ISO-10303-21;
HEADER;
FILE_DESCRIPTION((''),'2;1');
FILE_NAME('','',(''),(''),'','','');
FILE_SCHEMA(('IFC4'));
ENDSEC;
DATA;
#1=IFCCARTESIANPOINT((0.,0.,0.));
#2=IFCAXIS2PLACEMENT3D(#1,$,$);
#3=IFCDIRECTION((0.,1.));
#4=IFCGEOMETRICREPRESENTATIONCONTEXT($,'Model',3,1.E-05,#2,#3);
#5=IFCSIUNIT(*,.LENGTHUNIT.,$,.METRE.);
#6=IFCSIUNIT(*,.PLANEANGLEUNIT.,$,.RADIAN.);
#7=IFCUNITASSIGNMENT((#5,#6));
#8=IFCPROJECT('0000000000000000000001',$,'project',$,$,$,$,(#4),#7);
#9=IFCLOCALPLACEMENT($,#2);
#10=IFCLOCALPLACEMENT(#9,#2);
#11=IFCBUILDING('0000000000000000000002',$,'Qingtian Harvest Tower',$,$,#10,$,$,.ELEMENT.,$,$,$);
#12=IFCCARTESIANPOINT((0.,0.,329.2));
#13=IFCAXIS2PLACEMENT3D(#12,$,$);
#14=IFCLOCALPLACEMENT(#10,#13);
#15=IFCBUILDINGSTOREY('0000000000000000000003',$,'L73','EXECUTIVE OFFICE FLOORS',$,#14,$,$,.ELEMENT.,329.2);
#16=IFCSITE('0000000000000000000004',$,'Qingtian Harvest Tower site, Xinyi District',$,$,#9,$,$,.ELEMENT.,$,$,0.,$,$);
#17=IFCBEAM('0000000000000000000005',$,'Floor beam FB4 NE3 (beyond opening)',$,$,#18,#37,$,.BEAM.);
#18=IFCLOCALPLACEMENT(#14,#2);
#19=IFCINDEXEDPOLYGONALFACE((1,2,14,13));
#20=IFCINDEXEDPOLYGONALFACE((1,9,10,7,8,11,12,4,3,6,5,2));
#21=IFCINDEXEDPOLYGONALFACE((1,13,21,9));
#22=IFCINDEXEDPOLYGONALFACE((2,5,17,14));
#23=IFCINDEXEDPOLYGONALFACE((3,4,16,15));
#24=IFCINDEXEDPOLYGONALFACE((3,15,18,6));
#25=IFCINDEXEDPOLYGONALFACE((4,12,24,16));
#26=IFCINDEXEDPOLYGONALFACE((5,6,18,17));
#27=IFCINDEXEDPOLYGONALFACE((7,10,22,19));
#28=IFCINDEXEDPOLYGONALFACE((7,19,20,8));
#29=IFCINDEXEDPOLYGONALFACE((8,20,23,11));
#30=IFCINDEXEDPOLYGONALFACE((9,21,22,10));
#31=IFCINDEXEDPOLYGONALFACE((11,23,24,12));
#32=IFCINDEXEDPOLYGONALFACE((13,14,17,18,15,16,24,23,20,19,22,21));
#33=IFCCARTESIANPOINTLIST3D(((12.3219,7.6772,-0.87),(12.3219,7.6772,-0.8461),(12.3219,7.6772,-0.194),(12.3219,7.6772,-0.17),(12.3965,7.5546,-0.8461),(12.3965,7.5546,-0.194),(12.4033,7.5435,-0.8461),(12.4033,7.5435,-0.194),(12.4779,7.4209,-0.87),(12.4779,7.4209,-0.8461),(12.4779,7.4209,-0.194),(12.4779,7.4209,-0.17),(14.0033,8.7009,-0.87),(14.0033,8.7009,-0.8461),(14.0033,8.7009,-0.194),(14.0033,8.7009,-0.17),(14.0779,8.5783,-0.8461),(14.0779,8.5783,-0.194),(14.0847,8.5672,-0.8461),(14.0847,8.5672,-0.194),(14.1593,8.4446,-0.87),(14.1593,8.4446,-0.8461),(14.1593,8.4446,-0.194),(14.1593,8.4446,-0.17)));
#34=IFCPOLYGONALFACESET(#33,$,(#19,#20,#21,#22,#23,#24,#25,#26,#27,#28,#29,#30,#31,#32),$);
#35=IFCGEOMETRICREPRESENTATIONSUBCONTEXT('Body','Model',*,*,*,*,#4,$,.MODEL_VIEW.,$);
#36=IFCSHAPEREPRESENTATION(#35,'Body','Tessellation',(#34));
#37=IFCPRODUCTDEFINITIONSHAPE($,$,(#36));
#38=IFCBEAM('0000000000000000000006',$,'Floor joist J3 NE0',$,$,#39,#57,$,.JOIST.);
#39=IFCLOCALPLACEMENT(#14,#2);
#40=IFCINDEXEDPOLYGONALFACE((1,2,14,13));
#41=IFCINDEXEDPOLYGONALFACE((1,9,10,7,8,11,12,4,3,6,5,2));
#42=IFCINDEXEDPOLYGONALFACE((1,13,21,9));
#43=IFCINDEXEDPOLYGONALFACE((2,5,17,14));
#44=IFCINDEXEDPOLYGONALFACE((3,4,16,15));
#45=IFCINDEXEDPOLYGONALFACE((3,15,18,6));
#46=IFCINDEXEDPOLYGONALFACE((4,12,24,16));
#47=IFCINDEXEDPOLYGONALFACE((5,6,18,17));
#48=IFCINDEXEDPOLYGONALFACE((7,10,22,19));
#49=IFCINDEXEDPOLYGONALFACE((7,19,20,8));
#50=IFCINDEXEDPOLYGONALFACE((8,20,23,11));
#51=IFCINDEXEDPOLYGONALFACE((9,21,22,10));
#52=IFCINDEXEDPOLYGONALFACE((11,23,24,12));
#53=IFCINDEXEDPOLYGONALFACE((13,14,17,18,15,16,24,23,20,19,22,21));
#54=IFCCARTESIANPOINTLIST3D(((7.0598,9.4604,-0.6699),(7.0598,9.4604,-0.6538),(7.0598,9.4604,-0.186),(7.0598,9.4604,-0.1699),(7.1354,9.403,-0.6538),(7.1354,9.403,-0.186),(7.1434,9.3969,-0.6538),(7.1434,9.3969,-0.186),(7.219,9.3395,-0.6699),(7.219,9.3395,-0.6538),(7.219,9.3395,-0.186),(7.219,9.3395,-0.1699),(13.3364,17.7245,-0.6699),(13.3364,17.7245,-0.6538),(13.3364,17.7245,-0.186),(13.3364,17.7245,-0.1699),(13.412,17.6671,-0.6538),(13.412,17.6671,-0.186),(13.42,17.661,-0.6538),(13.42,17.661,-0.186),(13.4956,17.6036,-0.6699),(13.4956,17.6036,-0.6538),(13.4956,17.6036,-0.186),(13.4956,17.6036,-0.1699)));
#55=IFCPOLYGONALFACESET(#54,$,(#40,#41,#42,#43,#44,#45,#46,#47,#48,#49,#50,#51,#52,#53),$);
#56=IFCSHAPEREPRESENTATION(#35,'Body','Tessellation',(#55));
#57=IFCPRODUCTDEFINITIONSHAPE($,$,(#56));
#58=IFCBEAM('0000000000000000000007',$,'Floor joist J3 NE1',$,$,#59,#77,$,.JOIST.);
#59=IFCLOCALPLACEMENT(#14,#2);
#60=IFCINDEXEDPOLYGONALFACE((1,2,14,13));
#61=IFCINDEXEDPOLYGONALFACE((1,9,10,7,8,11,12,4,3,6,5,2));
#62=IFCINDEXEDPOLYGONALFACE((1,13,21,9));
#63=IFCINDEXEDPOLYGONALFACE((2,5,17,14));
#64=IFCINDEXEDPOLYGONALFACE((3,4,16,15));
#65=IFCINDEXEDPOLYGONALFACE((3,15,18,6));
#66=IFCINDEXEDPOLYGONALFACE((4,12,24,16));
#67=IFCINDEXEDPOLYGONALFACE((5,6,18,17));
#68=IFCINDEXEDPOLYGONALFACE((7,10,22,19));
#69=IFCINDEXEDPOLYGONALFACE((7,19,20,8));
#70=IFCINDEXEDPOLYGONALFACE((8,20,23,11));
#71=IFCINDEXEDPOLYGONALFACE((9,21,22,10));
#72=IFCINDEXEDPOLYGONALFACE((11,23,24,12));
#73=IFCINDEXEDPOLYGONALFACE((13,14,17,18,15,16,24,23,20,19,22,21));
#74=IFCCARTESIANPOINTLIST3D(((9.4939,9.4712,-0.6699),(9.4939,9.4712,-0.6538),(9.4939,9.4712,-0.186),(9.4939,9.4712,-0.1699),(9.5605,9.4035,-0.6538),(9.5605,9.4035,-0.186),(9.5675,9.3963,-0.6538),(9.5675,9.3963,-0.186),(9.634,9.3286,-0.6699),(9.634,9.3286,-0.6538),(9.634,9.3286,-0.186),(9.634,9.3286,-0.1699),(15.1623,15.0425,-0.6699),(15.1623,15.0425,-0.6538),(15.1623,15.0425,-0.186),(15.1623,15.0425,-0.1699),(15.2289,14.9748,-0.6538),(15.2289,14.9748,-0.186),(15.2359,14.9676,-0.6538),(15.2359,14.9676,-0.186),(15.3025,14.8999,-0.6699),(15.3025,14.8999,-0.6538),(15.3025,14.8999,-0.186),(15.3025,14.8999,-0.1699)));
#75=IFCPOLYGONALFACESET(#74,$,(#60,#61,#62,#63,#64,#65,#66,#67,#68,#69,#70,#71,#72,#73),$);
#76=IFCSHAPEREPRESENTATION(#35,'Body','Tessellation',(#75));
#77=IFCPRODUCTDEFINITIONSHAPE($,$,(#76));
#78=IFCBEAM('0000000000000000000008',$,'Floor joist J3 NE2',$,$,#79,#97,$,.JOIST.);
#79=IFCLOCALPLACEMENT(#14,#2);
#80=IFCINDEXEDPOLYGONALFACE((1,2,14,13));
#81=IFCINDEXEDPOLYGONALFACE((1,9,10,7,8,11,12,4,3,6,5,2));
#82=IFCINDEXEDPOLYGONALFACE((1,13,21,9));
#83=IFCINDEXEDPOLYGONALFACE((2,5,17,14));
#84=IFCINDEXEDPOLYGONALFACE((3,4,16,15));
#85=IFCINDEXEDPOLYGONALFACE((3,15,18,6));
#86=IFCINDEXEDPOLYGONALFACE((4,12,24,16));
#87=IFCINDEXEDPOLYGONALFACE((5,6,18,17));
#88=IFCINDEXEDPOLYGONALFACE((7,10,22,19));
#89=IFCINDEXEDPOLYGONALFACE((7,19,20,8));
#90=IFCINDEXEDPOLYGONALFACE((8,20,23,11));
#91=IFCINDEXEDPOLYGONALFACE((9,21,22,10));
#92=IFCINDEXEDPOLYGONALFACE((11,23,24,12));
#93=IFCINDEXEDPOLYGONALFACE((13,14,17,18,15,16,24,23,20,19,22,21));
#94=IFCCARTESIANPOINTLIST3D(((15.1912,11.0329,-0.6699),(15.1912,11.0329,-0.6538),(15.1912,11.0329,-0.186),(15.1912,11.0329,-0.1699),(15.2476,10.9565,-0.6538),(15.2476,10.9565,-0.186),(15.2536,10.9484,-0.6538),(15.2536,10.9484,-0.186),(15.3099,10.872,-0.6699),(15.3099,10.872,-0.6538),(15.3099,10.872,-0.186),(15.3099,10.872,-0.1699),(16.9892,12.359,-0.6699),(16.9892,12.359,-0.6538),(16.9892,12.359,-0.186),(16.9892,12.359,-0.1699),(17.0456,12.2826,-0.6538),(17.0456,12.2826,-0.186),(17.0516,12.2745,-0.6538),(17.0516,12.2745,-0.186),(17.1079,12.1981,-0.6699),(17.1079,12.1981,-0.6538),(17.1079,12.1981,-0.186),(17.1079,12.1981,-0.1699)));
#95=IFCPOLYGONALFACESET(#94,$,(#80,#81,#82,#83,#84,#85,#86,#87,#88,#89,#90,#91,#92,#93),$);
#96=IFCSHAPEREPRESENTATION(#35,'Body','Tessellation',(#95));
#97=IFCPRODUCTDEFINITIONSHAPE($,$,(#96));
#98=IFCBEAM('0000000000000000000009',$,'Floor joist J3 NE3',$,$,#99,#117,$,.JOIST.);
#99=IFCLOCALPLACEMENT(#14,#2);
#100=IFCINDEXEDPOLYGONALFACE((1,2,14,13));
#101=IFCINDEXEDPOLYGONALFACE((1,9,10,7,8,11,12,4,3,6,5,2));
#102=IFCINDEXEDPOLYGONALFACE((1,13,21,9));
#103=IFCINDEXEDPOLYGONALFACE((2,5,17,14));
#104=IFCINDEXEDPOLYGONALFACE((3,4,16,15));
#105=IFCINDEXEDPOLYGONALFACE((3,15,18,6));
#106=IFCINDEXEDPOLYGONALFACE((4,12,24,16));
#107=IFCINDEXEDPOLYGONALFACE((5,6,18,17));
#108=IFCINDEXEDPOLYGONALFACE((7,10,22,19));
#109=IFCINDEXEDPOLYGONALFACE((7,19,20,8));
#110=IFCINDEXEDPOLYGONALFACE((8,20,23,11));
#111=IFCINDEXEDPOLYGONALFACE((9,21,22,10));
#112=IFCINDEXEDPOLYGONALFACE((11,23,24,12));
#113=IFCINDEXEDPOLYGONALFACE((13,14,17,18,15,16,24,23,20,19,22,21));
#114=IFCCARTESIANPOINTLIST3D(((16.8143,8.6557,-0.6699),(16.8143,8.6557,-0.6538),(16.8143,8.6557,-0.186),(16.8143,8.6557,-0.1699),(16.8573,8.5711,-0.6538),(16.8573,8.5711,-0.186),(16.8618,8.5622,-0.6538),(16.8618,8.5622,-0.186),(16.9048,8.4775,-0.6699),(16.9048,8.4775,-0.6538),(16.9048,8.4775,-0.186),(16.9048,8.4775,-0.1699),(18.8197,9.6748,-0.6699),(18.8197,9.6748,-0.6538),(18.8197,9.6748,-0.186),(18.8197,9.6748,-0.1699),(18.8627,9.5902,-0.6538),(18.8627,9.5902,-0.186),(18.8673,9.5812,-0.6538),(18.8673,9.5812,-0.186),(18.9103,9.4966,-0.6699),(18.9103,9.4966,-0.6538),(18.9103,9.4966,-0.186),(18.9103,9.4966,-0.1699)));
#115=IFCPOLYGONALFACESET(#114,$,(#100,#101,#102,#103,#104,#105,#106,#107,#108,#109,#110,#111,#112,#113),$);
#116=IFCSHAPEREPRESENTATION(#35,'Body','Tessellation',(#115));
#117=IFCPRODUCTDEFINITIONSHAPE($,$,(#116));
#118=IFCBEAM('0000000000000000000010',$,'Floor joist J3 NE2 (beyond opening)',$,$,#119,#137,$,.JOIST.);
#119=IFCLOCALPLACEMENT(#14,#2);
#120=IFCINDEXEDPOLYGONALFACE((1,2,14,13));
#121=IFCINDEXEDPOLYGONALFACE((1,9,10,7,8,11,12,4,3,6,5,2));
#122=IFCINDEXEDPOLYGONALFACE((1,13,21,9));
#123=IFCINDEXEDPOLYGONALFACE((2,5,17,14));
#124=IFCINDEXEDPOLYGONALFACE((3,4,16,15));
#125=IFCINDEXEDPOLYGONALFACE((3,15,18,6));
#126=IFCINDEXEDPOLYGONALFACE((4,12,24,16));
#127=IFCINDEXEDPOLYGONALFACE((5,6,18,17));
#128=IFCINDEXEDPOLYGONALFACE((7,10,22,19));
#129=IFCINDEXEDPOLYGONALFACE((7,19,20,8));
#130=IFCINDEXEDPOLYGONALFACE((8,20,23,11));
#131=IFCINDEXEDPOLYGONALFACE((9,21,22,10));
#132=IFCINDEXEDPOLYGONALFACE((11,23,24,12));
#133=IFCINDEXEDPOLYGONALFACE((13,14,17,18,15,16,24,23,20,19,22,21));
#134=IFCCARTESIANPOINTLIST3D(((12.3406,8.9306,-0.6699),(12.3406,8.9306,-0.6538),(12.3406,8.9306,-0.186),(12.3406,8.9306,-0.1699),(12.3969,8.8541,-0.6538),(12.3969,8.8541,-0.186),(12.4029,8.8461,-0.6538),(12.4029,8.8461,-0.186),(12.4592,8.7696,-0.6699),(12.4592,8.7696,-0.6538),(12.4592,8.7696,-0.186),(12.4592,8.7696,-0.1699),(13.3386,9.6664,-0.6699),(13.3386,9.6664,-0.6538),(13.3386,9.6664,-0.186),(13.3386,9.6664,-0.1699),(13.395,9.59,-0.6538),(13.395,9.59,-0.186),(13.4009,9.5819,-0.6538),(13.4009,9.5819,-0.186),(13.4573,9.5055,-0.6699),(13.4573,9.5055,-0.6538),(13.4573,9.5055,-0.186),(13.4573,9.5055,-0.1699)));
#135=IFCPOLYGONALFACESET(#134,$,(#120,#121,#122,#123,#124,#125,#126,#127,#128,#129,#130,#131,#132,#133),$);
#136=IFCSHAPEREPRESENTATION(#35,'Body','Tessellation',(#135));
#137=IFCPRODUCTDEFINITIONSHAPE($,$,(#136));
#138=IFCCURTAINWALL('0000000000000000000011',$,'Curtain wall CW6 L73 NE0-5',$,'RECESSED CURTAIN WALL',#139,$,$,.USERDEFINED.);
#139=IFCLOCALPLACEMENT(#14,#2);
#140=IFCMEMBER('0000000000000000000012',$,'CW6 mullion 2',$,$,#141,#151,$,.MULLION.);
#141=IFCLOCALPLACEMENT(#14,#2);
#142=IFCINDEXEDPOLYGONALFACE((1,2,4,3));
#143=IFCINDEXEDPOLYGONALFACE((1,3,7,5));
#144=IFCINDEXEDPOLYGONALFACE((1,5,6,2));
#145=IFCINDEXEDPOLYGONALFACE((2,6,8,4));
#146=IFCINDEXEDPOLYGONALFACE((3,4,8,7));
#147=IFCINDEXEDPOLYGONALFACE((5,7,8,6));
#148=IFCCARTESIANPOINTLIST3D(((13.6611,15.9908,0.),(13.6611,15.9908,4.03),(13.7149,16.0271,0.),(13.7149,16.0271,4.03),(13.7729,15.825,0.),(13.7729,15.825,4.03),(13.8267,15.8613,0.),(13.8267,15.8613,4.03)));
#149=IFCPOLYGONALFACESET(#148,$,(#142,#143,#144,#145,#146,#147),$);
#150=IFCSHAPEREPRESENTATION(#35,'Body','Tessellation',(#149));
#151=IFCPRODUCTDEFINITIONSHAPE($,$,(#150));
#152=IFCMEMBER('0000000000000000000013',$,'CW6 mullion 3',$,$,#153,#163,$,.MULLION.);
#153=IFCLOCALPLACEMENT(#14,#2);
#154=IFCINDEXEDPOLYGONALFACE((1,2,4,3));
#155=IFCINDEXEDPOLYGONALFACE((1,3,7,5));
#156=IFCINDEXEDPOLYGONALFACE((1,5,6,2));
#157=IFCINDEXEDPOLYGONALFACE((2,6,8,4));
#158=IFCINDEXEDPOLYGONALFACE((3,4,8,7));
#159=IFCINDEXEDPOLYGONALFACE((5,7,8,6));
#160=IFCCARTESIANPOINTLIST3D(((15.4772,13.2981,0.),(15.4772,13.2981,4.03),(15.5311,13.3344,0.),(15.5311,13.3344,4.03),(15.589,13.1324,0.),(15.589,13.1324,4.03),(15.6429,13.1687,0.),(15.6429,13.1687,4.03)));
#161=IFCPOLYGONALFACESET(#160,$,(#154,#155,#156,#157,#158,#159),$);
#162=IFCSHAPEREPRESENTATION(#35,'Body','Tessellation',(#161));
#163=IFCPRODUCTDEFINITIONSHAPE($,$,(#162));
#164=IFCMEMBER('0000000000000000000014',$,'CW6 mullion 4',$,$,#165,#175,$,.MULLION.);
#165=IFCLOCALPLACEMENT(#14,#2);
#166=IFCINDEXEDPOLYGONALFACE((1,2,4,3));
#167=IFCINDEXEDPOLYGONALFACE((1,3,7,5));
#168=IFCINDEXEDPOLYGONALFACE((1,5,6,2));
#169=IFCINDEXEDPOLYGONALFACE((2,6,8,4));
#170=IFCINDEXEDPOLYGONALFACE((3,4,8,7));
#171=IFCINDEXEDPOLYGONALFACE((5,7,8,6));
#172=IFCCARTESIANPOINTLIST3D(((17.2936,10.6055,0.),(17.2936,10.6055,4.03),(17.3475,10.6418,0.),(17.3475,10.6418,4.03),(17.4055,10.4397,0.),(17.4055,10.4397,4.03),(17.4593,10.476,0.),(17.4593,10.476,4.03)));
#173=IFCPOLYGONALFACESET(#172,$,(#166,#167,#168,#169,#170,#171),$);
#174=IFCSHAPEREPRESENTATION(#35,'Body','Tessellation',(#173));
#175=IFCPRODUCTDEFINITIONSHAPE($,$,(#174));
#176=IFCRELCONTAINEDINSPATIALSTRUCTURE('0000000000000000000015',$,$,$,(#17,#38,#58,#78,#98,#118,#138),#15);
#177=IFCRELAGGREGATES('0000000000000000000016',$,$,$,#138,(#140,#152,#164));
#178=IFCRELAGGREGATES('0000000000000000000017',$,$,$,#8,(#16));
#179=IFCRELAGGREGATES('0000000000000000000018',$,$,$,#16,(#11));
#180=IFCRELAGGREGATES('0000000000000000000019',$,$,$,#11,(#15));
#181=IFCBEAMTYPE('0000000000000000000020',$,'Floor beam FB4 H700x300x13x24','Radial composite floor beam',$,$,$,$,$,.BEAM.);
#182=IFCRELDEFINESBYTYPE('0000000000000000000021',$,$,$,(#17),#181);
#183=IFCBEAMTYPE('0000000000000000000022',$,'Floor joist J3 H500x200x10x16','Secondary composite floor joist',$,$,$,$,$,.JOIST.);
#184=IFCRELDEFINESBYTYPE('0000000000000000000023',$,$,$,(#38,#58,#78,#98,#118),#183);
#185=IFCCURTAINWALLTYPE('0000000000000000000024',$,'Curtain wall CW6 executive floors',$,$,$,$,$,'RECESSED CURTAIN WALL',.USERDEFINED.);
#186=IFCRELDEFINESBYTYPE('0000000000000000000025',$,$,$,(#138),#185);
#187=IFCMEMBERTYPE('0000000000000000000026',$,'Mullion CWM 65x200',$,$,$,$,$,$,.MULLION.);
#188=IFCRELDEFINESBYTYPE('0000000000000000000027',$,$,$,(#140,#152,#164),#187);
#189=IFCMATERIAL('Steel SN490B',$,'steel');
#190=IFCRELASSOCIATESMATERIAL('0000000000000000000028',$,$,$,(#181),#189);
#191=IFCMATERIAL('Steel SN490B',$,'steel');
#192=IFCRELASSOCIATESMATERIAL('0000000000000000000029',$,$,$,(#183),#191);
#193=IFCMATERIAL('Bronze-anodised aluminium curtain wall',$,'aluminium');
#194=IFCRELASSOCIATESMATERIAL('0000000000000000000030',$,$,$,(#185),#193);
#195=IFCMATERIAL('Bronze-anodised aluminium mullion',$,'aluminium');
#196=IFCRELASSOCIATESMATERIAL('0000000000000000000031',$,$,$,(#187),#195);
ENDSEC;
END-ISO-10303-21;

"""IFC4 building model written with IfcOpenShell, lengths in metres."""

from ifc_helpers import new_model, si_unit, direction, frame, origin, origin_2d, place, context, subcontext, project, spatial, rectangle, i_section, extrude, material, material_profile, profile_set, type_object, element, aggregate, save


model = new_model("IFC4")

# Units and contexts
model_context = context("Model", 3, precision=1e-05, world=origin(), true_north=direction((0.0, 1.0)))
body_context = subcontext(model_context, "Body", "Model", "MODEL_VIEW")
ifc_project = project(units=[si_unit("LENGTHUNIT", "METRE"), si_unit("PLANEANGLEUNIT", "RADIAN")], contexts=[model_context])

# Site, building, storey
site_placement = place(None, origin())
site = spatial("IfcSite", under=ifc_project, at=site_placement, Name="Qingtian Harvest Tower site, Xinyi District", CompositionType="ELEMENT", RefElevation=0.0)
building_placement = place(site_placement, origin())
building = spatial("IfcBuilding", under=site, at=building_placement, Name="Qingtian Harvest Tower", CompositionType="ELEMENT")
storey_placement = place(building_placement, frame((0.0, 0.0, 329.2)))
storey = spatial("IfcBuildingStorey", under=building, at=storey_placement, Name="L73", Description="EXECUTIVE OFFICE FLOORS", CompositionType="ELEMENT", Elevation=329.2)

# Beams
ifc_material_1 = material(Name="Steel SN490B", Category="steel")
ifc_material_profile_1 = material_profile(ifc_material_1, i_section(OverallWidth=0.3, OverallDepth=0.7, WebThickness=0.0129, FlangeThickness=0.0239, at=origin_2d()), Name="H700x300x13x24")
ifc_profile_set_1 = profile_set([ifc_material_profile_1], Name="Steel SN490B")
beam_type_1 = type_object("IfcBeamType", Name="Floor beam FB4 H700x300x13x24", Description="Radial composite floor beam", PredefinedType="BEAM", material=ifc_profile_set_1)
beam_1_placement = place(storey_placement, frame((14.0813, 8.5728, -0.52), z_axis=(-0.854148, -0.52003, 0.0), x_axis=(0.52003, -0.854148, 0.0)))
element("IfcBeam", 1, at=beam_1_placement, inside=storey, type_object=beam_type_1, Name="Floor beam FB4 NE3 (beyond opening)", PredefinedType="BEAM", context=body_context, shape_type="SweptSolid", body=[
    extrude(i_section(OverallWidth=0.3, OverallDepth=0.7, WebThickness=0.0129, FlangeThickness=0.0239, at=origin_2d()), origin(), (0.0, 0.0, 1.0), 1.9685),
])
ifc_material_2 = material(Name="Steel SN490B", Category="steel")
ifc_material_profile_2 = material_profile(ifc_material_2, i_section(OverallWidth=0.2, OverallDepth=0.5, WebThickness=0.01, FlangeThickness=0.0161, at=origin_2d()), Name="H500x200x10x16")
ifc_profile_set_2 = profile_set([ifc_material_profile_2], Name="Steel SN490B")
beam_type_2 = type_object("IfcBeamType", Name="Floor joist J3 H500x200x10x16", Description="Secondary composite floor joist", PredefinedType="JOIST", material=ifc_profile_set_2)
beam_2_placement = place(storey_placement, frame((13.416, 17.6641, -0.4199), z_axis=(-0.60483, -0.796355, 0.0), x_axis=(0.796355, -0.60483, 0.0)))
element("IfcBeam", 2, at=beam_2_placement, inside=storey, type_object=beam_type_2, Name="Floor joist J3 NE0", PredefinedType="JOIST", context=body_context, shape_type="SweptSolid", body=[
    extrude(i_section(OverallWidth=0.2, OverallDepth=0.5, WebThickness=0.01, FlangeThickness=0.0161, at=origin_2d()), origin(), (0.0, 0.0, 1.0), 10.3774),
])
beam_3_placement = place(storey_placement, frame((15.2324, 14.9712, -0.4199), z_axis=(-0.713193, -0.700968, 0.0), x_axis=(0.700968, -0.713193, 0.0)))
element("IfcBeam", 3, at=beam_3_placement, inside=storey, type_object=beam_type_2, Name="Floor joist J3 NE1", PredefinedType="JOIST", context=body_context, shape_type="SweptSolid", body=[
    extrude(i_section(OverallWidth=0.2, OverallDepth=0.5, WebThickness=0.01, FlangeThickness=0.0161, at=origin_2d()), origin(), (0.0, 0.0, 1.0), 7.948),
])
beam_4_placement = place(storey_placement, frame((17.0486, 12.2786, -0.4199), z_axis=(-0.804787, -0.593564, 0.0), x_axis=(0.593564, -0.804787, 0.0)))
element("IfcBeam", 4, at=beam_4_placement, inside=storey, type_object=beam_type_2, Name="Floor joist J3 NE2", PredefinedType="JOIST", context=body_context, shape_type="SweptSolid", body=[
    extrude(i_section(OverallWidth=0.2, OverallDepth=0.5, WebThickness=0.01, FlangeThickness=0.0161, at=origin_2d()), origin(), (0.0, 0.0, 1.0), 2.2341),
])
beam_5_placement = place(storey_placement, frame((18.865, 9.5857, -0.4199), z_axis=(-0.8915, -0.453022, 0.0), x_axis=(0.453022, -0.8915, 0.0)))
element("IfcBeam", 5, at=beam_5_placement, inside=storey, type_object=beam_type_2, Name="Floor joist J3 NE3", PredefinedType="JOIST", context=body_context, shape_type="SweptSolid", body=[
    extrude(i_section(OverallWidth=0.2, OverallDepth=0.5, WebThickness=0.01, FlangeThickness=0.0161, at=origin_2d()), origin(), (0.0, 0.0, 1.0), 2.2495),
])
beam_6_placement = place(storey_placement, frame((13.3979, 9.5859, -0.4199), z_axis=(-0.804888, -0.593427, 0.0), x_axis=(0.593427, -0.804888, 0.0)))
element("IfcBeam", 6, at=beam_6_placement, inside=storey, type_object=beam_type_2, Name="Floor joist J3 NE2 (beyond opening)", PredefinedType="JOIST", context=body_context, shape_type="SweptSolid", body=[
    extrude(i_section(OverallWidth=0.2, OverallDepth=0.5, WebThickness=0.01, FlangeThickness=0.0161, at=origin_2d()), origin(), (0.0, 0.0, 1.0), 1.24),
])

# Curtain wall, members
ifc_material_3 = material(Name="Bronze-anodised aluminium curtain wall", Category="aluminium")
curtain_wall_type = type_object("IfcCurtainWallType", Name="Curtain wall CW6 executive floors", ElementType="RECESSED CURTAIN WALL", PredefinedType="USERDEFINED", material=ifc_material_3)
curtain_wall_placement = place(storey_placement, origin())
curtain_wall = element("IfcCurtainWall", 7, at=curtain_wall_placement, inside=storey, type_object=curtain_wall_type, Name="Curtain wall CW6 L73 NE0-5", ObjectType="RECESSED CURTAIN WALL", PredefinedType="USERDEFINED")
ifc_material_4 = material(Name="Bronze-anodised aluminium mullion", Category="aluminium")
ifc_material_profile_3 = material_profile(ifc_material_4, rectangle(XDim=0.0649, YDim=0.2, at=origin_2d()), Name="AL 65x200")
ifc_profile_set_3 = profile_set([ifc_material_profile_3], Name="Bronze-anodised aluminium mullion")
member_type_1 = type_object("IfcMemberType", Name="Mullion CWM 65x200", PredefinedType="MULLION", material=ifc_profile_set_3)
member_1_placement = place(storey_placement, frame((13.7439, 15.926, 0.0), z_axis=(0.0, 0.0, 1.0), x_axis=(0.829038, 0.559193, 0.0)))
member_1 = element("IfcMember", 8, at=member_1_placement, type_object=member_type_1, Name="CW6 mullion 2", PredefinedType="MULLION", context=body_context, shape_type="SweptSolid", body=[
    extrude(rectangle(XDim=0.0649, YDim=0.2, at=origin_2d()), origin(), (0.0, 0.0, 1.0), 4.03),
])
member_2_placement = place(storey_placement, frame((15.5601, 13.2334, 0.0), z_axis=(0.0, 0.0, 1.0), x_axis=(0.829038, 0.559193, 0.0)))
member_2 = element("IfcMember", 9, at=member_2_placement, type_object=member_type_1, Name="CW6 mullion 3", PredefinedType="MULLION", context=body_context, shape_type="SweptSolid", body=[
    extrude(rectangle(XDim=0.0649, YDim=0.2, at=origin_2d()), origin(), (0.0, 0.0, 1.0), 4.03),
])
member_3_placement = place(storey_placement, frame((17.3765, 10.5408, 0.0), z_axis=(0.0, 0.0, 1.0), x_axis=(0.829038, 0.559193, 0.0)))
member_3 = element("IfcMember", 10, at=member_3_placement, type_object=member_type_1, Name="CW6 mullion 4", PredefinedType="MULLION", context=body_context, shape_type="SweptSolid", body=[
    extrude(rectangle(XDim=0.0649, YDim=0.2, at=origin_2d()), origin(), (0.0, 0.0, 1.0), 4.03),
])

aggregate(curtain_wall, [member_1, member_2, member_3])

save(model, "model.ifc")
